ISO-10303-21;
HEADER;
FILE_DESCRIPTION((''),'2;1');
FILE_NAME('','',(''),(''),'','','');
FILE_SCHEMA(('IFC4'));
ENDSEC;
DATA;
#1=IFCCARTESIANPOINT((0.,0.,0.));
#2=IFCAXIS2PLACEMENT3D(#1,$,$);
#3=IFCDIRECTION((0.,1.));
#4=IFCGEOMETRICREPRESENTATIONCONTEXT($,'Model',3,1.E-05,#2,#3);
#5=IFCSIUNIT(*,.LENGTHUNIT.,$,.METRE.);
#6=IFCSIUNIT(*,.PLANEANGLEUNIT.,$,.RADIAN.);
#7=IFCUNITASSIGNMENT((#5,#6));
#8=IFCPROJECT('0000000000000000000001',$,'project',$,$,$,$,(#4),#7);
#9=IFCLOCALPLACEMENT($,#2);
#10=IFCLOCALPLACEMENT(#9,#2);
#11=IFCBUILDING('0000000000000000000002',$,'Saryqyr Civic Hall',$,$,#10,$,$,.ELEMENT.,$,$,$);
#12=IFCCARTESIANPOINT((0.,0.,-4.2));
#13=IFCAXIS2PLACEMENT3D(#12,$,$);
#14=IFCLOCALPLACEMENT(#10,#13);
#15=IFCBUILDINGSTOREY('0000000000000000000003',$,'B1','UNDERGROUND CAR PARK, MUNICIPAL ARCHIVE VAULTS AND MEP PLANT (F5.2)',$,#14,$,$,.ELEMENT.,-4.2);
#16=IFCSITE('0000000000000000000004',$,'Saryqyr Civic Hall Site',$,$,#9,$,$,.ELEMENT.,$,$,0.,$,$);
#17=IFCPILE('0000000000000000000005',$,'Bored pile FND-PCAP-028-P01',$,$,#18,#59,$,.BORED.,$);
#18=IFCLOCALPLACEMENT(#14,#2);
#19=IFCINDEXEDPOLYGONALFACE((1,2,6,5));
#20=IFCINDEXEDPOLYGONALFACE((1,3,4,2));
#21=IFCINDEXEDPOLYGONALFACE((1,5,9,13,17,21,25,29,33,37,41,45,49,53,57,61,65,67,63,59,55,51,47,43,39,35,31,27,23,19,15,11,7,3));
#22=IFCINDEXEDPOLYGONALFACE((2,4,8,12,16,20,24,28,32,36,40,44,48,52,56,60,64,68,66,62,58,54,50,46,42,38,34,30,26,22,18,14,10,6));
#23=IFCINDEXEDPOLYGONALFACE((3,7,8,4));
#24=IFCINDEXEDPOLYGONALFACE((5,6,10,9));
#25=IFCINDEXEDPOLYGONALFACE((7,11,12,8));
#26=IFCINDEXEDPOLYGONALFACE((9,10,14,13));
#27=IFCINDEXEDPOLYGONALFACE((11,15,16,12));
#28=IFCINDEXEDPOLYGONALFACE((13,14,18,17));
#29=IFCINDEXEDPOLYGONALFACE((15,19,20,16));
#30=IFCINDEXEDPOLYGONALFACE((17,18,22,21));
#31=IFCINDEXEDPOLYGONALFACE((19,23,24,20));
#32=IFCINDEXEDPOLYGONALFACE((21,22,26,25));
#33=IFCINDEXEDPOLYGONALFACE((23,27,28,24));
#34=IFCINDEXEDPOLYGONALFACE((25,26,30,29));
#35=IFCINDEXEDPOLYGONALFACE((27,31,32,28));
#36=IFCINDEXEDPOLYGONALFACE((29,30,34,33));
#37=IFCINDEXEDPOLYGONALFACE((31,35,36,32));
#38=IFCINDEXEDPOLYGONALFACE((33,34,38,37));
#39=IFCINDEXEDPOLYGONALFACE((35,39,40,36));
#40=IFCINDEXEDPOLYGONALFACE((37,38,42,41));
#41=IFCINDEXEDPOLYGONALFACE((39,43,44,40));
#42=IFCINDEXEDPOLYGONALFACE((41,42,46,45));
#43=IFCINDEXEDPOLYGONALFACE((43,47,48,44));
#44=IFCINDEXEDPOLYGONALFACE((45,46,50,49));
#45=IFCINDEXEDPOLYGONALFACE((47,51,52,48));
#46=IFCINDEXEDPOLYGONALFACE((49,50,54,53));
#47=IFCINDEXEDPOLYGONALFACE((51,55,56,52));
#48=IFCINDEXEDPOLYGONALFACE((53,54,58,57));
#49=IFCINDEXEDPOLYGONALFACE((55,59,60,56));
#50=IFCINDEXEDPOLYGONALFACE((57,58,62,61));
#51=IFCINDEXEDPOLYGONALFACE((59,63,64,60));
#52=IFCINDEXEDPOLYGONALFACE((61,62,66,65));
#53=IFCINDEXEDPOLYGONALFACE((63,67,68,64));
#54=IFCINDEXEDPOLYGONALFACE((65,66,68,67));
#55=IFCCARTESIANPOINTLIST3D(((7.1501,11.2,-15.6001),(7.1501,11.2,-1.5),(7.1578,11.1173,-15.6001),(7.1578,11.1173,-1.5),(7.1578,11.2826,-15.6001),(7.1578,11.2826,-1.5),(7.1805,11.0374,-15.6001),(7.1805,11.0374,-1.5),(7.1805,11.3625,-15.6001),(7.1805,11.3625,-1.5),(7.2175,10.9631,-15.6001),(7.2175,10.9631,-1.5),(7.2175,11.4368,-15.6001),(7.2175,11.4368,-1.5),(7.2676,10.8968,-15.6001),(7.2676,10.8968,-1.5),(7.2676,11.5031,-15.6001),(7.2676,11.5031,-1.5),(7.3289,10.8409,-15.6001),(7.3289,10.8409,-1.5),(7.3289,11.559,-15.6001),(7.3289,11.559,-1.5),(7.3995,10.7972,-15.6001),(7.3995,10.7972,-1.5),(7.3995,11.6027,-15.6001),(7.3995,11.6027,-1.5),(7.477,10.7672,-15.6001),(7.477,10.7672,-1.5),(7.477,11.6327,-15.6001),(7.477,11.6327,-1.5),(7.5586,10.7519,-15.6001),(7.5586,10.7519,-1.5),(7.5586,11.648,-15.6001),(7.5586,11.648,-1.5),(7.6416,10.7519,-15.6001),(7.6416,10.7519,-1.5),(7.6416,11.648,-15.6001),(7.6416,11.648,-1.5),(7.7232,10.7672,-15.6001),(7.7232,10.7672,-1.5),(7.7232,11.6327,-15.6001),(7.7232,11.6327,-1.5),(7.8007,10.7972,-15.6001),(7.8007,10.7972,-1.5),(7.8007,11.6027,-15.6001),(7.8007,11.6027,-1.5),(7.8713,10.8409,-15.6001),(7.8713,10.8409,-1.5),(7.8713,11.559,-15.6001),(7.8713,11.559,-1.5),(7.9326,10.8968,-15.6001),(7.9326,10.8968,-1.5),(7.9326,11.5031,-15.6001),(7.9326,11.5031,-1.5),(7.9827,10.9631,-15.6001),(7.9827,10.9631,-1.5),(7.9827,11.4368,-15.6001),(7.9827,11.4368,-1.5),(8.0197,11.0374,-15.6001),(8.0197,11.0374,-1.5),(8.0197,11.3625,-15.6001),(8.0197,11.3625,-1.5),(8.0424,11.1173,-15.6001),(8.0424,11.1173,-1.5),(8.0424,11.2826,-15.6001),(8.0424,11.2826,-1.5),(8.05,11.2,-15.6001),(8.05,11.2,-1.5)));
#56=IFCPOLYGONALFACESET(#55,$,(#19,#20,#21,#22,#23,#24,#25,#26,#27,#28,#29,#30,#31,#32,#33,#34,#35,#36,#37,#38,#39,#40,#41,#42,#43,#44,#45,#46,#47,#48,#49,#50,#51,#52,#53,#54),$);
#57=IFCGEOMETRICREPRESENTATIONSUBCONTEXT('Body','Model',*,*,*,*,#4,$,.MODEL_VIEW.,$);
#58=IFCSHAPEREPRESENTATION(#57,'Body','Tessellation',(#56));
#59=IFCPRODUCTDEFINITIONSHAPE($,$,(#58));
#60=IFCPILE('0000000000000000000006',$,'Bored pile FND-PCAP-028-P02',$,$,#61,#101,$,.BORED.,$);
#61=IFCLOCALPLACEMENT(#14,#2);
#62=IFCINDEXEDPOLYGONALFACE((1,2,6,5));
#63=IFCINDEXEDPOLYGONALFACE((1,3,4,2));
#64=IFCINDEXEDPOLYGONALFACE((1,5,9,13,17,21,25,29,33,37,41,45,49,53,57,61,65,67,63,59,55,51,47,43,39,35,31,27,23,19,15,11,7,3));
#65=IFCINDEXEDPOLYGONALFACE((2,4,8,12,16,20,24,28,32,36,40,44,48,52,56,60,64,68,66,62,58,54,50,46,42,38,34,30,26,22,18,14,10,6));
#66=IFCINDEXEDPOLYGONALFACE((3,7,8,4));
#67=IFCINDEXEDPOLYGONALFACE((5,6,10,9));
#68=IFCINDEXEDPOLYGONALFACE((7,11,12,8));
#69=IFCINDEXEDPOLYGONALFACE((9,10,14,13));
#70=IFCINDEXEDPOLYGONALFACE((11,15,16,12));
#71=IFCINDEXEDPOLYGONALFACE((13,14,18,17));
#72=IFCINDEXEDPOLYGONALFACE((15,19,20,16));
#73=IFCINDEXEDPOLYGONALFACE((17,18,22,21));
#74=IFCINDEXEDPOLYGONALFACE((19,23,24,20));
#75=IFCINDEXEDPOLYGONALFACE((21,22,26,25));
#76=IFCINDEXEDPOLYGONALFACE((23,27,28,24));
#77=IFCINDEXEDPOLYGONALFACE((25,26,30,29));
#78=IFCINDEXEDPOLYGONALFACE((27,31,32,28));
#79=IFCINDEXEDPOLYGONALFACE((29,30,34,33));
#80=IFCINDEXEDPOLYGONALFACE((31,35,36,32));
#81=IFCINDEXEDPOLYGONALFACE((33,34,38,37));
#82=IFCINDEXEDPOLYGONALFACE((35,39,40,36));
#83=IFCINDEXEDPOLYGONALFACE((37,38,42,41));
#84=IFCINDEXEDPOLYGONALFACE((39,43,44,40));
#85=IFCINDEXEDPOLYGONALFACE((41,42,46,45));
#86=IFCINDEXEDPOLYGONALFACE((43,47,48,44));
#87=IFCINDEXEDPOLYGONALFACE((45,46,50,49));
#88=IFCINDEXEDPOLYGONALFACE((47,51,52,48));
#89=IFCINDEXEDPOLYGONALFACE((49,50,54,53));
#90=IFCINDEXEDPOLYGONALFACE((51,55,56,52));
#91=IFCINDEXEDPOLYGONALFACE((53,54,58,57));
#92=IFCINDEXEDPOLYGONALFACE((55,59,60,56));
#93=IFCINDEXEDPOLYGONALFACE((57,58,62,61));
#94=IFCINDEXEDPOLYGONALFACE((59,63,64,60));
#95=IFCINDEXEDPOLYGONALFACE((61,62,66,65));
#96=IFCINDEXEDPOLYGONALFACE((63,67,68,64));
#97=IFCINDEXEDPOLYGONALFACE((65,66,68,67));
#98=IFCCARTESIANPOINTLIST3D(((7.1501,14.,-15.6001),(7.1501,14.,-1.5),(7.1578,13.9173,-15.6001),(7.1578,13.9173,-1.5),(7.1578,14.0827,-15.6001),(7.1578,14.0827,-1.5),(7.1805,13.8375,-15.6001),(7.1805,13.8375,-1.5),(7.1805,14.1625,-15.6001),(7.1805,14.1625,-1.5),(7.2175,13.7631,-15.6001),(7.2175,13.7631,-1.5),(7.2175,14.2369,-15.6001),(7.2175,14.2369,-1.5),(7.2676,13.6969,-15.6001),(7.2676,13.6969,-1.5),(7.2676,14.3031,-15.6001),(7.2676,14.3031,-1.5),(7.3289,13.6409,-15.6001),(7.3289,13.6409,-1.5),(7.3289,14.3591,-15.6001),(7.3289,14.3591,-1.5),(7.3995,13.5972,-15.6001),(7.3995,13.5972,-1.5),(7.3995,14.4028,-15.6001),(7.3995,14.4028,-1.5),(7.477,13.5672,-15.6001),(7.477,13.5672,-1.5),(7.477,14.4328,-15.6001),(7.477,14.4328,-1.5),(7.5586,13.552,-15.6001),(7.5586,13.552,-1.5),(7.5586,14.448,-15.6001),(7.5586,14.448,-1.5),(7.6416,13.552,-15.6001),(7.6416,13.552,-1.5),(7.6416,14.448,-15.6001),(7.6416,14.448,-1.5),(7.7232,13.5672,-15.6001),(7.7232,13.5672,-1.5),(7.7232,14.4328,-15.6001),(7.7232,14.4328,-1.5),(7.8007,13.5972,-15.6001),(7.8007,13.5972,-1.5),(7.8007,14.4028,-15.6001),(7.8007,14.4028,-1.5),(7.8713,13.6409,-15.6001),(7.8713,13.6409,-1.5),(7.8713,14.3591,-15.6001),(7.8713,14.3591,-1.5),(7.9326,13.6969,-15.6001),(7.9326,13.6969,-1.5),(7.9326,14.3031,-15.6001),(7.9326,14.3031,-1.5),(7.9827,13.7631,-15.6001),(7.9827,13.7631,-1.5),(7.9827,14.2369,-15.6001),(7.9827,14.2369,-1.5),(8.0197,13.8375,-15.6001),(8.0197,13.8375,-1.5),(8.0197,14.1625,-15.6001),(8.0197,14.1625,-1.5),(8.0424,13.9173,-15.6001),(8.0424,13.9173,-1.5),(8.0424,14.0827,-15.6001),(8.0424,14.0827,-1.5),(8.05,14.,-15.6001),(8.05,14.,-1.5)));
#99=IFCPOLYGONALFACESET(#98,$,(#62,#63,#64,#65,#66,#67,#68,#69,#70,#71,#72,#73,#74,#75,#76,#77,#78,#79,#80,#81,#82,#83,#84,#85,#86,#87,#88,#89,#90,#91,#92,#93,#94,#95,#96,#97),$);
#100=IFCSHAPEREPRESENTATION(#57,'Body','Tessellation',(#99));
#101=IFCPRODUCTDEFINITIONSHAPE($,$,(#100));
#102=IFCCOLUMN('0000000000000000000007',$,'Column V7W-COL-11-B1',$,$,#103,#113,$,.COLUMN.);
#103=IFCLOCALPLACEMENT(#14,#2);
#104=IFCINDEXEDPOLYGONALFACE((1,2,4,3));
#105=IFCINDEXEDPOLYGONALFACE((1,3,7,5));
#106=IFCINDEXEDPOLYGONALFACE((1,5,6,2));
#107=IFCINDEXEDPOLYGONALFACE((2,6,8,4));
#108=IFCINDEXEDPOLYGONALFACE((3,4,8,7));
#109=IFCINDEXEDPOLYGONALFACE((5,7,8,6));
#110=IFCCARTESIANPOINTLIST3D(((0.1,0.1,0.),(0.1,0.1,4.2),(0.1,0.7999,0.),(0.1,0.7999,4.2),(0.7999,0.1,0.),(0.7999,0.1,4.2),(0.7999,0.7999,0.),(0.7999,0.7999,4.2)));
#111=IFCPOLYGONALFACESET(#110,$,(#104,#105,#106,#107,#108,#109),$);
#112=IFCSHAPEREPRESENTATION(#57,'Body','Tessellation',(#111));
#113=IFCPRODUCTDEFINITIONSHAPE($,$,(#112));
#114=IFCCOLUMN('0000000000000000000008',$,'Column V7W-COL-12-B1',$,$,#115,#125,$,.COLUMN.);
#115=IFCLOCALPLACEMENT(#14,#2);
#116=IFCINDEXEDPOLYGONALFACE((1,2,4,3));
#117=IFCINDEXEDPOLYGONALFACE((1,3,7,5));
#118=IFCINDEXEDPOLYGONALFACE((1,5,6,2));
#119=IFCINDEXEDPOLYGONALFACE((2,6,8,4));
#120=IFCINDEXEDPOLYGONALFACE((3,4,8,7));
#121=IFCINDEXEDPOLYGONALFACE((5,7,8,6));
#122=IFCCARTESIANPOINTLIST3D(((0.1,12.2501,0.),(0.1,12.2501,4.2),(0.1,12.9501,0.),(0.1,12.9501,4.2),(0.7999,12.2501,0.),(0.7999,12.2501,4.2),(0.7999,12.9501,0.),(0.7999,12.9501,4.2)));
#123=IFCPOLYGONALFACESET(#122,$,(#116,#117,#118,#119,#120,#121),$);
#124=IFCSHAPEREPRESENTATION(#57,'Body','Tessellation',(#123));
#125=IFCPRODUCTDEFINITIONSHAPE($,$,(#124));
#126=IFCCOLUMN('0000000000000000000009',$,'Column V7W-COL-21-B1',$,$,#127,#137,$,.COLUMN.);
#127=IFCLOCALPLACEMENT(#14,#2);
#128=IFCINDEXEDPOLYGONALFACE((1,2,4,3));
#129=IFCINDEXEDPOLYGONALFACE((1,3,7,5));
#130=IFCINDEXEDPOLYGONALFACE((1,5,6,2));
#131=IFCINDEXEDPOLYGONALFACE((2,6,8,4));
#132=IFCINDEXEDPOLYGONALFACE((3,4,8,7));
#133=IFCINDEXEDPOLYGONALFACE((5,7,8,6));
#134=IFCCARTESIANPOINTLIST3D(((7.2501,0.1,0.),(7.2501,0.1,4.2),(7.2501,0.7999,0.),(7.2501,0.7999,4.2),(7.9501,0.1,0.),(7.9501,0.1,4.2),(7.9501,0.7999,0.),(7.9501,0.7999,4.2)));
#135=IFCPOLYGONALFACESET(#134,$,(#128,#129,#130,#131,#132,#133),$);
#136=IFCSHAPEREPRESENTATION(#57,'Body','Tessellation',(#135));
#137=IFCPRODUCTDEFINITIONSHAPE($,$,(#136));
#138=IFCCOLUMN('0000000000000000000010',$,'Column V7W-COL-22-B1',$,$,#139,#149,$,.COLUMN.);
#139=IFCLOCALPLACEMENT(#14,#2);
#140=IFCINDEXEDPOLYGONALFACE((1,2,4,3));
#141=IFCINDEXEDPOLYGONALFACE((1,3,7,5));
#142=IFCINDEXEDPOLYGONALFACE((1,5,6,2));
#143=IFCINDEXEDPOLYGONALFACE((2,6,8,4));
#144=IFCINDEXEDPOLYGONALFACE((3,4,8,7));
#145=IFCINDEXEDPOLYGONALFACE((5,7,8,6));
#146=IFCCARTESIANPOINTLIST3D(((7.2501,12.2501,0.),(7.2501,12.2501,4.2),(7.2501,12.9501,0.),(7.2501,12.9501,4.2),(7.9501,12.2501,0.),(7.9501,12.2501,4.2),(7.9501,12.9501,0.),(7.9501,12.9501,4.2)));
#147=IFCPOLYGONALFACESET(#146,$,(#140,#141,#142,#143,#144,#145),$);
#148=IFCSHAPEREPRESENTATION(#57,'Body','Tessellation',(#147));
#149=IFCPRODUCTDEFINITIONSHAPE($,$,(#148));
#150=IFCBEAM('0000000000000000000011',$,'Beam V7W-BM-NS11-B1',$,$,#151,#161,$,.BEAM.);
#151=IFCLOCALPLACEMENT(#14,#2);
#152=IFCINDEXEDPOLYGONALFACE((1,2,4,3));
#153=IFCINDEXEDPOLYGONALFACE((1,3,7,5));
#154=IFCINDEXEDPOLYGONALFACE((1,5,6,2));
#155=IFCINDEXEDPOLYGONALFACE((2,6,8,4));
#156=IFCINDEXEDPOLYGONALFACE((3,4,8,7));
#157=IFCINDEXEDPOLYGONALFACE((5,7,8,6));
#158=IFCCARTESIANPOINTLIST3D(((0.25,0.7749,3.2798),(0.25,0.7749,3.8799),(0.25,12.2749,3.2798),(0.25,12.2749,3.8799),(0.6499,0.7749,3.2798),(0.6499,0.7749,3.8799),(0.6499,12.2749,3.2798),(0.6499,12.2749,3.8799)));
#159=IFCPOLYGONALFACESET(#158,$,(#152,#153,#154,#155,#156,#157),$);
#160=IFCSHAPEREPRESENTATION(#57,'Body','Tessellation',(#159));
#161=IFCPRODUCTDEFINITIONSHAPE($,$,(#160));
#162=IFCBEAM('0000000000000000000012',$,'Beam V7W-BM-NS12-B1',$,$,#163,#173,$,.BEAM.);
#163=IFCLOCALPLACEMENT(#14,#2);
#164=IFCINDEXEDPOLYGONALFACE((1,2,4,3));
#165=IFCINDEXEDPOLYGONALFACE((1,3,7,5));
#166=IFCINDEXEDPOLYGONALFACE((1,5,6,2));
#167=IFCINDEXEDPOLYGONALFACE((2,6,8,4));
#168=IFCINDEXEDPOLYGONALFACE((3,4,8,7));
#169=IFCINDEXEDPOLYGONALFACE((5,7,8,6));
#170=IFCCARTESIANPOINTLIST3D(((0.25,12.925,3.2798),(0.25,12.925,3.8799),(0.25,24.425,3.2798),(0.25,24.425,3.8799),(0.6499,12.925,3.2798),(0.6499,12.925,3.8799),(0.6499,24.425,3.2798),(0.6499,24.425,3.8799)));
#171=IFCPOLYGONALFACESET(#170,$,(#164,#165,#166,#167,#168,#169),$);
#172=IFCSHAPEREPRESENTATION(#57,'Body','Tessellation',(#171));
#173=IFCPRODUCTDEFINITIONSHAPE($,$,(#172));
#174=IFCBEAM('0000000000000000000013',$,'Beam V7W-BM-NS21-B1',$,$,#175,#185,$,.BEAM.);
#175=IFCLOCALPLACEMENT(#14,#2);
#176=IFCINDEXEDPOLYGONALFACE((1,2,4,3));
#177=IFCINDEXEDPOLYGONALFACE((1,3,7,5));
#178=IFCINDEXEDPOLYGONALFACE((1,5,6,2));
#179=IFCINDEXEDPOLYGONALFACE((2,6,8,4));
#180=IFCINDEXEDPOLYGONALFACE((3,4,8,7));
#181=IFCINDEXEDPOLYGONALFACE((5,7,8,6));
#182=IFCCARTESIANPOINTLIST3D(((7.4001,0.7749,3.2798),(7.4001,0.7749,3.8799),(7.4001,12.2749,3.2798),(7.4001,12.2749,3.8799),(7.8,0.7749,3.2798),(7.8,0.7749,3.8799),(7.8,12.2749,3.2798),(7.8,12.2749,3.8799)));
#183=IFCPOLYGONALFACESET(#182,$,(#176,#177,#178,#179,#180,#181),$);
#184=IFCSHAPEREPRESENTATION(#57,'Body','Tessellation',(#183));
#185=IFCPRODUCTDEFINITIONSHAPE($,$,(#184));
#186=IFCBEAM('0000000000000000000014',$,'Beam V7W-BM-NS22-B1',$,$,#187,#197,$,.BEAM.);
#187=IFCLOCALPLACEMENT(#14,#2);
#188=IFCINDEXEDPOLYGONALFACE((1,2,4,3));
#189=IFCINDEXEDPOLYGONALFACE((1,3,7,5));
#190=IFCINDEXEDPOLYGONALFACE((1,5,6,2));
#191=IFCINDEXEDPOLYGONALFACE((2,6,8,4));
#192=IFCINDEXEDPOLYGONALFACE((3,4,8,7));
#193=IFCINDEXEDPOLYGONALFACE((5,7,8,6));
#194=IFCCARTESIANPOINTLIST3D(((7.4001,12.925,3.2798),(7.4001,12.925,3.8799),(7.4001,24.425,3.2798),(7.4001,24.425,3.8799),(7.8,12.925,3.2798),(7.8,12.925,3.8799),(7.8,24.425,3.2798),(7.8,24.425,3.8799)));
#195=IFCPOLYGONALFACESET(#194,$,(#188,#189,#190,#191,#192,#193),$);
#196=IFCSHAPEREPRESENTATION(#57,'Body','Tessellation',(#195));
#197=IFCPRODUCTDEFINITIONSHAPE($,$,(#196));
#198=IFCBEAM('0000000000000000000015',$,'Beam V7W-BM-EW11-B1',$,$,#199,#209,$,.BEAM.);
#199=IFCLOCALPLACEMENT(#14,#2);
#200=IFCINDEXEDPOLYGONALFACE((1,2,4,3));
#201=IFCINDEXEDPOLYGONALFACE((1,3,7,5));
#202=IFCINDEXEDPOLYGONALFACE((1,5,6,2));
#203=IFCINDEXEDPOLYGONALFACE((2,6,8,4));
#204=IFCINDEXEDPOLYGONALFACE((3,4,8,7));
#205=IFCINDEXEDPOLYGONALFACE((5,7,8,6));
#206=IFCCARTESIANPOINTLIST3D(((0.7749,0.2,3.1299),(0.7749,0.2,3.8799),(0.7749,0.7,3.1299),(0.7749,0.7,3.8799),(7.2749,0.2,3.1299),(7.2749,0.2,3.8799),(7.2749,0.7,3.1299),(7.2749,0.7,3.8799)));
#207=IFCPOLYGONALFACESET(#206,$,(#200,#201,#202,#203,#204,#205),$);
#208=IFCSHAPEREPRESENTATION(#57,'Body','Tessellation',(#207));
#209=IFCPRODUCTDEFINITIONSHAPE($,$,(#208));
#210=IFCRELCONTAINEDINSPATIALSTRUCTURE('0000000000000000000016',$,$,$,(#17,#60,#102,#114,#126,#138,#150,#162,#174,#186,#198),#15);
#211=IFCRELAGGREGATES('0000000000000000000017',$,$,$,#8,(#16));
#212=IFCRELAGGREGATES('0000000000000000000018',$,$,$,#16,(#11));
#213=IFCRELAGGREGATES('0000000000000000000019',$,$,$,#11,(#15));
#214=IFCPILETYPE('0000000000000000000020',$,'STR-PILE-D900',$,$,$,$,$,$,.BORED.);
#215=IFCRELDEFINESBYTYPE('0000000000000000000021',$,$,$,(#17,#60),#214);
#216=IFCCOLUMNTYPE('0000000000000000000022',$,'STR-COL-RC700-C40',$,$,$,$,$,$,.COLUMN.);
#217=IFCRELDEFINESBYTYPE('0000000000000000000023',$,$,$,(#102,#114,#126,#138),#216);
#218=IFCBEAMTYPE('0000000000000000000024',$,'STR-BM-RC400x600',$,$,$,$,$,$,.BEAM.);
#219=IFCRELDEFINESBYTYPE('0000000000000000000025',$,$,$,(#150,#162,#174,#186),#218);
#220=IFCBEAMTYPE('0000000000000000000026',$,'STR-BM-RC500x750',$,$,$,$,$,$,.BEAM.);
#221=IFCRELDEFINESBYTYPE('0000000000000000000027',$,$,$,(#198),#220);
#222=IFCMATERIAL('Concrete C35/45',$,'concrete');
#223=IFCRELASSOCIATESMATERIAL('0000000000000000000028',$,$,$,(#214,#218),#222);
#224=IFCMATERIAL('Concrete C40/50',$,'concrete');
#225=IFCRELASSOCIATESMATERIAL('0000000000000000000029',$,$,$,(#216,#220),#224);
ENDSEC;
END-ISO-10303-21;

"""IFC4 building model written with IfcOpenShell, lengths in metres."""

from ifc_helpers import new_model, si_unit, direction, frame, origin, origin_2d, place, context, subcontext, project, spatial, rectangle, circle, extrude, material, material_profile, profile_set, type_object, element, save


model = new_model("IFC4")

# Units and contexts
model_context = context("Model", 3, precision=1e-05, world=origin(), true_north=direction((0.0, 1.0)))
body_context = subcontext(model_context, "Body", "Model", "MODEL_VIEW")
ifc_project = project(units=[si_unit("LENGTHUNIT", "METRE"), si_unit("PLANEANGLEUNIT", "RADIAN")], contexts=[model_context])

# Site, building, storey
site_placement = place(None, origin())
site = spatial("IfcSite", under=ifc_project, at=site_placement, Name="Saryqyr Civic Hall Site", CompositionType="ELEMENT", RefElevation=0.0)
building_placement = place(site_placement, origin())
building = spatial("IfcBuilding", under=site, at=building_placement, Name="Saryqyr Civic Hall", CompositionType="ELEMENT")
storey_placement = place(building_placement, frame((0.0, 0.0, -4.2)))
storey = spatial("IfcBuildingStorey", under=building, at=storey_placement, Name="B1", Description="UNDERGROUND CAR PARK, MUNICIPAL ARCHIVE VAULTS AND MEP PLANT (F5.2)", CompositionType="ELEMENT", Elevation=-4.2)

# Shared definitions
ifc_material_1 = material(Name="Concrete C35/45", Category="concrete")

# Piles
ifc_material_profile_1 = material_profile(ifc_material_1, circle(Radius=0.45, at=origin_2d()), Name="BORED PILE D900")
ifc_profile_set_1 = profile_set([ifc_material_profile_1], Name="Concrete C35/45")
pile_type = type_object("IfcPileType", Name="STR-PILE-D900", PredefinedType="BORED", material=ifc_profile_set_1)
for number, where, z_axis, x_axis, name in (
    (1, (7.6001, 11.2, -1.5), (0.0, 0.0, -1.0), (1.0, 0.0, 0.0), "Bored pile FND-PCAP-028-P01"),
    (2, (7.6001, 14.0, -1.5), (0.0, 0.0, -1.0), (1.0, 0.0, 0.0), "Bored pile FND-PCAP-028-P02"),
):
    element("IfcPile", number, at=place(storey_placement, frame(where, z_axis=z_axis, x_axis=x_axis)), inside=storey, type_object=pile_type, Name=name, PredefinedType="BORED", context=body_context, shape_type="SweptSolid", body=[
        extrude(circle(Radius=0.45, at=origin_2d()), origin(), (0.0, 0.0, 1.0), 14.1001),
    ])

# Columns
ifc_material_2 = material(Name="Concrete C40/50", Category="concrete")
ifc_material_profile_2 = material_profile(ifc_material_2, rectangle(XDim=0.7, YDim=0.7, at=origin_2d()), Name="RC 700x700")
ifc_profile_set_2 = profile_set([ifc_material_profile_2], Name="Concrete C40/50")
column_type = type_object("IfcColumnType", Name="STR-COL-RC700-C40", PredefinedType="COLUMN", material=ifc_profile_set_2)
for number, where, z_axis, x_axis, name in (
    (3, (0.45, 0.45, 0.0), (0.0, 0.0, 1.0), (1.0, 0.0, 0.0), "Column V7W-COL-11-B1"),
    (4, (0.45, 12.6001, 0.0), (0.0, 0.0, 1.0), (1.0, 0.0, 0.0), "Column V7W-COL-12-B1"),
    (5, (7.6001, 0.45, 0.0), (0.0, 0.0, 1.0), (1.0, 0.0, 0.0), "Column V7W-COL-21-B1"),
    (6, (7.6001, 12.6001, 0.0), (0.0, 0.0, 1.0), (1.0, 0.0, 0.0), "Column V7W-COL-22-B1"),
):
    element("IfcColumn", number, at=place(storey_placement, frame(where, z_axis=z_axis, x_axis=x_axis)), inside=storey, type_object=column_type, Name=name, PredefinedType="COLUMN", context=body_context, shape_type="SweptSolid", body=[
        extrude(rectangle(XDim=0.7, YDim=0.7, at=origin_2d()), origin(), (0.0, 0.0, 1.0), 4.2),
    ])

# Beams
ifc_material_profile_3 = material_profile(ifc_material_1, rectangle(XDim=0.3999, YDim=0.6001, at=origin_2d()), Name="RC 400x600")
ifc_profile_set_3 = profile_set([ifc_material_profile_3], Name="Concrete C35/45")
beam_type_1 = type_object("IfcBeamType", Name="STR-BM-RC400x600", PredefinedType="BEAM", material=ifc_profile_set_3)
for number, where, z_axis, x_axis, name in (
    (7, (0.45, 0.7749, 3.5798), (0.0, 1.0, 0.0), (-1.0, 0.0, 0.0), "Beam V7W-BM-NS11-B1"),
    (8, (0.45, 12.925, 3.5798), (0.0, 1.0, 0.0), (-1.0, 0.0, 0.0), "Beam V7W-BM-NS12-B1"),
    (9, (7.6001, 0.7749, 3.5798), (0.0, 1.0, 0.0), (-1.0, 0.0, 0.0), "Beam V7W-BM-NS21-B1"),
    (10, (7.6001, 12.925, 3.5798), (0.0, 1.0, 0.0), (-1.0, 0.0, 0.0), "Beam V7W-BM-NS22-B1"),
):
    element("IfcBeam", number, at=place(storey_placement, frame(where, z_axis=z_axis, x_axis=x_axis)), inside=storey, type_object=beam_type_1, Name=name, PredefinedType="BEAM", context=body_context, shape_type="SweptSolid", body=[
        extrude(rectangle(XDim=0.3999, YDim=0.6001, at=origin_2d()), origin(), (0.0, 0.0, 1.0), 11.5),
    ])
ifc_material_profile_4 = material_profile(ifc_material_2, rectangle(XDim=0.5, YDim=0.75, at=origin_2d()), Name="RC 500x750")
ifc_profile_set_4 = profile_set([ifc_material_profile_4], Name="Concrete C40/50")
beam_type_2 = type_object("IfcBeamType", Name="STR-BM-RC500x750", PredefinedType="BEAM", material=ifc_profile_set_4)
for number, where, z_axis, x_axis, name in (
    (11, (0.7749, 0.45, 3.5049), (1.0, 0.0, 0.0), (0.0, 1.0, 0.0), "Beam V7W-BM-EW11-B1"),
):
    element("IfcBeam", number, at=place(storey_placement, frame(where, z_axis=z_axis, x_axis=x_axis)), inside=storey, type_object=beam_type_2, Name=name, PredefinedType="BEAM", context=body_context, shape_type="SweptSolid", body=[
        extrude(rectangle(XDim=0.5, YDim=0.75, at=origin_2d()), origin(), (0.0, 0.0, 1.0), 6.5),
    ])

save(model, "model.ifc")
